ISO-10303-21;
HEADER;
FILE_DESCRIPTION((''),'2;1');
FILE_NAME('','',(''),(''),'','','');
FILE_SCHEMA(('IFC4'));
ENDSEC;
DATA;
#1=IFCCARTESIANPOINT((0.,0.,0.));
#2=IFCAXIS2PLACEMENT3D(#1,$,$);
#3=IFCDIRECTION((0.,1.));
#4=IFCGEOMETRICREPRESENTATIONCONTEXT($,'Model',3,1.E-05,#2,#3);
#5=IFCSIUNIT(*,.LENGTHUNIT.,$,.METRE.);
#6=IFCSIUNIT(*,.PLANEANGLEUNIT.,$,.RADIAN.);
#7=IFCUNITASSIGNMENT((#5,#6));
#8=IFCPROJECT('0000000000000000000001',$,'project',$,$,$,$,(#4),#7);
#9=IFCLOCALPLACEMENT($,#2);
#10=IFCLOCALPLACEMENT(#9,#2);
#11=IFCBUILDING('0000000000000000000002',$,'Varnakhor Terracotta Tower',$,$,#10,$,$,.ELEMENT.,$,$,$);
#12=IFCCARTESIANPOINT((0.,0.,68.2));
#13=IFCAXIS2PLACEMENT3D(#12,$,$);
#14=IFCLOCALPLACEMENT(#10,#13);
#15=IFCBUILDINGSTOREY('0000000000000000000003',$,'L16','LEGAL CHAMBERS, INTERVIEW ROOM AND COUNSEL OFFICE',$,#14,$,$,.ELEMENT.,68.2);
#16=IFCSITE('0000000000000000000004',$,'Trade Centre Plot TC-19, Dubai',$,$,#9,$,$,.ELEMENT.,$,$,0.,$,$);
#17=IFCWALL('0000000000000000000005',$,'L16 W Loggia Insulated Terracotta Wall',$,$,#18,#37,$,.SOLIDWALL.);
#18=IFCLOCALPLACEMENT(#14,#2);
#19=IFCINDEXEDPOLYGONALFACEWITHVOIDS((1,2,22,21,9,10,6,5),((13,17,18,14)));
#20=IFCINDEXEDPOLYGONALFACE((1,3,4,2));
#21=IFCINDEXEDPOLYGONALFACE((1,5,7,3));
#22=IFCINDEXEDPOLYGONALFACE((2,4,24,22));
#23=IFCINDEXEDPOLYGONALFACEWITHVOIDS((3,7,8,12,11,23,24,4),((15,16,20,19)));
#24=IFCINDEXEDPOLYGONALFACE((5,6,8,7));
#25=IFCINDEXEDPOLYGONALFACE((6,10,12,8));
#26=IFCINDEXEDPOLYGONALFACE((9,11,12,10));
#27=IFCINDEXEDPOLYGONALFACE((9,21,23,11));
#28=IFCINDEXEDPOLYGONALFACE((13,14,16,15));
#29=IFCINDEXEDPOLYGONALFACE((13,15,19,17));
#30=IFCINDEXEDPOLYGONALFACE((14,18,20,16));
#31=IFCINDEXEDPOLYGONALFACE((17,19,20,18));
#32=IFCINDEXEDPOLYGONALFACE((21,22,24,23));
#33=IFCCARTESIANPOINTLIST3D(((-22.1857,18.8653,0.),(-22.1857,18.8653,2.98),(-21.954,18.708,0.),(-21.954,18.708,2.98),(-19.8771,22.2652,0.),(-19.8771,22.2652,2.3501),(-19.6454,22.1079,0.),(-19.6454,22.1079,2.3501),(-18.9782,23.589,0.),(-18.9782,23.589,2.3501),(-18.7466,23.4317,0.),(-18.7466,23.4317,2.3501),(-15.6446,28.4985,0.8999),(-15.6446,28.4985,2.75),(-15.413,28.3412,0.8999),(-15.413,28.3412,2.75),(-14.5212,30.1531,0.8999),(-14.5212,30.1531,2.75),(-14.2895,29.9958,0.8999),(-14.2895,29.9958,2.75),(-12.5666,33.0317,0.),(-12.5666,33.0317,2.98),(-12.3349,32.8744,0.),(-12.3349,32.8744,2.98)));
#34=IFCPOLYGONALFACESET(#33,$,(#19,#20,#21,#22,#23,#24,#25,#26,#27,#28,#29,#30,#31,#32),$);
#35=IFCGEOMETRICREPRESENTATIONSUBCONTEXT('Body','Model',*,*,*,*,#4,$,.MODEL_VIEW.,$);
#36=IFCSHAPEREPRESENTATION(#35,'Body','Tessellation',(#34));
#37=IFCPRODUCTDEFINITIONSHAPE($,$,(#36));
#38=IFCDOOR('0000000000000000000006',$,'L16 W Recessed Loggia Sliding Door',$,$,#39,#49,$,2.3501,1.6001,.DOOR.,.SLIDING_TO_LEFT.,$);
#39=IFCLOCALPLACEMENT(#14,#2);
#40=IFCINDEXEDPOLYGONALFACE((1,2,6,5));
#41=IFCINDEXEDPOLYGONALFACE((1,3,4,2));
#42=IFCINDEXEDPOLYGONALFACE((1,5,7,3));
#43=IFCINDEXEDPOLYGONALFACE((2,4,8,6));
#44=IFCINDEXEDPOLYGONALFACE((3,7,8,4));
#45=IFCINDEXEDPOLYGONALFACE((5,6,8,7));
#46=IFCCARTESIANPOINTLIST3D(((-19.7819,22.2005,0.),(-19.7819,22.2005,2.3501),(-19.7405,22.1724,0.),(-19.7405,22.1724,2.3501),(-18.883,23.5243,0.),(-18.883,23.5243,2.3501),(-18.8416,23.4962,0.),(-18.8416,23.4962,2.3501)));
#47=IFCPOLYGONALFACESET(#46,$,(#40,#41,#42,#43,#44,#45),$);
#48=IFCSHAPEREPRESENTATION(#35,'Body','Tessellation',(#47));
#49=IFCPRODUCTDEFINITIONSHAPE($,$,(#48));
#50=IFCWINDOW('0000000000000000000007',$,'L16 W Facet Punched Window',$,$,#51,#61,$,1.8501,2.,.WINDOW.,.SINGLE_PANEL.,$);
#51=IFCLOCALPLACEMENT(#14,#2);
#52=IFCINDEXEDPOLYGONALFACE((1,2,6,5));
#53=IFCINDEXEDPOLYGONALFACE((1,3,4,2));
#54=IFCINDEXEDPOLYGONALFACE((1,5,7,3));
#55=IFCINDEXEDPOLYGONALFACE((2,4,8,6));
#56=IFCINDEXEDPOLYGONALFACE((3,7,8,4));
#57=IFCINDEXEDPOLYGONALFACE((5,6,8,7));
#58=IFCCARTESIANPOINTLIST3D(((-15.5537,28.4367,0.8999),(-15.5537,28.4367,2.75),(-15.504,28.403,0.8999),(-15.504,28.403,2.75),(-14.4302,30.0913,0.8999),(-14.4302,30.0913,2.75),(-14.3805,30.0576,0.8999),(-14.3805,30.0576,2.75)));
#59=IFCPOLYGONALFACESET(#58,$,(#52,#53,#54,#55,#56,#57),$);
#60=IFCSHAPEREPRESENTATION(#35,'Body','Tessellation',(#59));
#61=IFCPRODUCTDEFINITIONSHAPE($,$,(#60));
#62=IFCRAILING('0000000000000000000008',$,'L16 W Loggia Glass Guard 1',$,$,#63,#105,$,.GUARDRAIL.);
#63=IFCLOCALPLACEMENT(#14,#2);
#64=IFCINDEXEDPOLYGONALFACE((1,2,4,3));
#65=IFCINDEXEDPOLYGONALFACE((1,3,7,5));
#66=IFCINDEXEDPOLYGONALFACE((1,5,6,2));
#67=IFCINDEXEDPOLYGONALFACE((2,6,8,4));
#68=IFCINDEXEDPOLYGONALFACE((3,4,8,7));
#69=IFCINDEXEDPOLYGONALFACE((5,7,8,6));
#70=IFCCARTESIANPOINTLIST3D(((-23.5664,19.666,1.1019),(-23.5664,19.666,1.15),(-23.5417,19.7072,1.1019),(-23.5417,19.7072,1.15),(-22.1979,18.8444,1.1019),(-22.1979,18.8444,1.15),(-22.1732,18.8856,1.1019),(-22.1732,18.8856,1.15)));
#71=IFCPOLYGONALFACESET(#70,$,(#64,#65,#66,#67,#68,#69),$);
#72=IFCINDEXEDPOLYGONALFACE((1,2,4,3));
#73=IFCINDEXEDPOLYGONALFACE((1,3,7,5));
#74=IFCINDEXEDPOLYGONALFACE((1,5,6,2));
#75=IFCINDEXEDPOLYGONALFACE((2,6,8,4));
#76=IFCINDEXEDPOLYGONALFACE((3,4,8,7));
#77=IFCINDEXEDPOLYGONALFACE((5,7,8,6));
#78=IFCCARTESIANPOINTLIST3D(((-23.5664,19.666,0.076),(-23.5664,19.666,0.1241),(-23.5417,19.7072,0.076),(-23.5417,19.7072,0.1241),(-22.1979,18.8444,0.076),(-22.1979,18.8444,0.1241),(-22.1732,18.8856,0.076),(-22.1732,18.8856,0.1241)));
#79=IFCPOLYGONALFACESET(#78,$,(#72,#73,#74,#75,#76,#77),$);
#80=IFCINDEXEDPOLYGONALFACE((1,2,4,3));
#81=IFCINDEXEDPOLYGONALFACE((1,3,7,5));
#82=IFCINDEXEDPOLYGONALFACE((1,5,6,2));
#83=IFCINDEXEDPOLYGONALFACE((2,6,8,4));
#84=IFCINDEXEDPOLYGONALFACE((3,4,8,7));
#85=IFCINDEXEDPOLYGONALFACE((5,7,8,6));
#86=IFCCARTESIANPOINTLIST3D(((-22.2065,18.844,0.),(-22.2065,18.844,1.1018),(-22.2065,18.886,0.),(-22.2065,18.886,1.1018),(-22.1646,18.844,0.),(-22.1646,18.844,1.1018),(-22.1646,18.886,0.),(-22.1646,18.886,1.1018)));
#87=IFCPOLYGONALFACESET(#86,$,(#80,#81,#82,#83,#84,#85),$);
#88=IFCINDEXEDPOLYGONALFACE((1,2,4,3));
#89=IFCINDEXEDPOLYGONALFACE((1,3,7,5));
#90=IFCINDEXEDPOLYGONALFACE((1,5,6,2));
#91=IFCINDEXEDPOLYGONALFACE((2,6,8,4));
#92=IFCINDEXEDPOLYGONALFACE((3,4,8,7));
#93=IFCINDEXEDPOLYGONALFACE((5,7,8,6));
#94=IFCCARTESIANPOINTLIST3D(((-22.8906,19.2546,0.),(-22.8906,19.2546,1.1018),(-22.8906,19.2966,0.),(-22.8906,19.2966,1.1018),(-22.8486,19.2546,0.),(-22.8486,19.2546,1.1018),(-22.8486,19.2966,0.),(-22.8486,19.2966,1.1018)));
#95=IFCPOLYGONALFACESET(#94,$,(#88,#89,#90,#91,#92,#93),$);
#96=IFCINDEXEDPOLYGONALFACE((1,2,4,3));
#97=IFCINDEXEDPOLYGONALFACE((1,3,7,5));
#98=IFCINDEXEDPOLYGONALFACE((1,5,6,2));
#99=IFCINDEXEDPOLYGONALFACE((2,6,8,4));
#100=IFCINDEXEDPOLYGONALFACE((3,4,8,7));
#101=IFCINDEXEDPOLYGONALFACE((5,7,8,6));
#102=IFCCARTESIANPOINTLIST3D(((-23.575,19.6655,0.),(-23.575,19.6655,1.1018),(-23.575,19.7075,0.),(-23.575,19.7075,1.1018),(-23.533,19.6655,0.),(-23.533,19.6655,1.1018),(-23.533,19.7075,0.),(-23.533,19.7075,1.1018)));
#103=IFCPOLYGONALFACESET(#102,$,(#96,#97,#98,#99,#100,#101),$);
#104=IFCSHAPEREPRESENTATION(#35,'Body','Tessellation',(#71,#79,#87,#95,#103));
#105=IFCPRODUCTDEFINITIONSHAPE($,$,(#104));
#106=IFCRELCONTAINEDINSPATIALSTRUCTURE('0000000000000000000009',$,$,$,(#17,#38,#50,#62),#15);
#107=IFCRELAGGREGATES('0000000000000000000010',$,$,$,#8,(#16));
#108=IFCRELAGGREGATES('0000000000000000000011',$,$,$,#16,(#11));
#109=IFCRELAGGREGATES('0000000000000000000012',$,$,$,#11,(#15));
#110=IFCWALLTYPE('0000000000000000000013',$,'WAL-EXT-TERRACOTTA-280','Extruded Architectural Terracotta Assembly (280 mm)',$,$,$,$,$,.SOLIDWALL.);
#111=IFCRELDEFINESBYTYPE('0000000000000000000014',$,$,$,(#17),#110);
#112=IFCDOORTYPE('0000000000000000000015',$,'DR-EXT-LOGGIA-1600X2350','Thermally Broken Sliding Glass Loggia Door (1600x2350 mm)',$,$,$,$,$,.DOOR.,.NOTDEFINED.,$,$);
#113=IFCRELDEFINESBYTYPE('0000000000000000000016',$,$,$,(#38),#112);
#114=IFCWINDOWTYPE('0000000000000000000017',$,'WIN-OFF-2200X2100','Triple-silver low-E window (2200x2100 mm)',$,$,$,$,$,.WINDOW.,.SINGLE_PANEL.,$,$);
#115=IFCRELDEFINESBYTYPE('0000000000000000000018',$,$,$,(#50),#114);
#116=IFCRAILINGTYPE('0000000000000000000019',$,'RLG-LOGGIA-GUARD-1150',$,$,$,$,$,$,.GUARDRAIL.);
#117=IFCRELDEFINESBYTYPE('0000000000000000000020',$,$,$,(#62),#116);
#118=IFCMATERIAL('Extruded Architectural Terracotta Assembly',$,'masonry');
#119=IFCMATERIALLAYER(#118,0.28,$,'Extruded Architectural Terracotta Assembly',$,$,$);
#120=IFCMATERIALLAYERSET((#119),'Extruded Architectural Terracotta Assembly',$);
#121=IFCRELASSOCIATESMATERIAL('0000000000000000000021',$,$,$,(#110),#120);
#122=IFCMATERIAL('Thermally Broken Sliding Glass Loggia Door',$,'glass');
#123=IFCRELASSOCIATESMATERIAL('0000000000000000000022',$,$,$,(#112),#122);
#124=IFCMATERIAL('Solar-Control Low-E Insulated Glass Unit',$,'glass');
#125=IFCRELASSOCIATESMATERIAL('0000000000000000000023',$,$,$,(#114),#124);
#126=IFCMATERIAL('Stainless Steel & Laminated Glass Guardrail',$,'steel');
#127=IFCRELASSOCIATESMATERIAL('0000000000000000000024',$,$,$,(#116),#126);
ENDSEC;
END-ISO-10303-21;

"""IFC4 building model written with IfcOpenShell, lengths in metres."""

from ifc_helpers import new_model, si_unit, direction, frame, frame_2d, origin, origin_2d, place, context, subcontext, project, spatial, rectangle, extrude, source, transform, mapped, material, layer, layer_set, type_object, type_shapes, element, fill, save


model = new_model("IFC4")

# Units and contexts
model_context = context("Model", 3, precision=1e-05, world=origin(), true_north=direction((0.0, 1.0)))
body_context = subcontext(model_context, "Body", "Model", "MODEL_VIEW")
ifc_project = project(units=[si_unit("LENGTHUNIT", "METRE"), si_unit("PLANEANGLEUNIT", "RADIAN")], contexts=[model_context])

# Site, building, storey
site_placement = place(None, origin())
site = spatial("IfcSite", under=ifc_project, at=site_placement, Name="Trade Centre Plot TC-19, Dubai", CompositionType="ELEMENT", RefElevation=0.0)
building_placement = place(site_placement, origin())
building = spatial("IfcBuilding", under=site, at=building_placement, Name="Varnakhor Terracotta Tower", CompositionType="ELEMENT")
storey_placement = place(building_placement, frame((0.0, 0.0, 68.2)))
storey = spatial("IfcBuildingStorey", under=building, at=storey_placement, Name="L16", Description="LEGAL CHAMBERS, INTERVIEW ROOM AND COUNSEL OFFICE", CompositionType="ELEMENT", Elevation=68.2)

# Wall, openings, door, window
ifc_material_1 = material(Name="Extruded Architectural Terracotta Assembly", Category="masonry")
ifc_layer_1 = layer(ifc_material_1, 0.28, Name="Extruded Architectural Terracotta Assembly")
ifc_layer_set_1 = layer_set([ifc_layer_1], Name="Extruded Architectural Terracotta Assembly")
wall_type_1 = type_object("IfcWallType", Name="WAL-EXT-TERRACOTTA-280", Description="Extruded Architectural Terracotta Assembly (280 mm)", PredefinedType="SOLIDWALL", material=ifc_layer_set_1)
wall_1_placement = place(storey_placement, frame((-22.0698, 18.7866, 0.0), z_axis=(0.0, 0.0, 1.0), x_axis=(0.561748, 0.827309, 0.0)))
wall_1 = element("IfcWall", 1, at=wall_1_placement, inside=storey, type_object=wall_type_1, Name="L16 W Loggia Insulated Terracotta Wall", PredefinedType="SOLIDWALL", context=body_context, shape_type="SweptSolid", body=[
    extrude(rectangle(XDim=17.1235, YDim=0.28, at=frame_2d((8.5618, 0.0))), origin(), (0.0, 0.0, 1.0), 2.98),
])
opening_1_placement = place(wall_1_placement, frame((4.1096, 0.0, 0.0)))
opening_1 = element("IfcOpeningElement", 2, at=opening_1_placement, cuts=wall_1, PredefinedType="OPENING", context=body_context, shape_type="SweptSolid", body=[
    extrude(rectangle(XDim=1.6001, YDim=2.3501, at=frame_2d((0.8, 1.175))), frame((0.0, 0.1499, 0.0), z_axis=(0.0, -1.0, 0.0), x_axis=(1.0, 0.0, 0.0)), (0.0, 0.0, 1.0), 0.3),
])
opening_2_placement = place(wall_1_placement, frame((11.644, 0.0, 0.8999)))
opening_2 = element("IfcOpeningElement", 3, at=opening_2_placement, cuts=wall_1, PredefinedType="OPENING", context=body_context, shape_type="SweptSolid", body=[
    extrude(rectangle(XDim=2.0, YDim=1.8501, at=frame_2d((1.0, 0.925))), frame((0.0, 0.1499, 0.0), z_axis=(0.0, -1.0, 0.0), x_axis=(1.0, 0.0, 0.0)), (0.0, 0.0, 1.0), 0.3),
])
ifc_material_2 = material(Name="Thermally Broken Sliding Glass Loggia Door", Category="glass")
door_type_1 = type_object("IfcDoorType", Name="DR-EXT-LOGGIA-1600X2350", Description="Thermally Broken Sliding Glass Loggia Door (1600x2350 mm)", OperationType="NOTDEFINED", PredefinedType="DOOR", material=ifc_material_2)
shared_shape_1 = source(origin(), body_context, "Body", "SweptSolid", [
    extrude(rectangle(XDim=1.6001, YDim=2.3501, at=frame_2d((0.8, 1.175))), frame((0.0, 0.0249, 0.0), z_axis=(0.0, -1.0, 0.0), x_axis=(1.0, 0.0, 0.0)), (0.0, 0.0, 1.0), 0.05),
])
type_shapes(door_type_1, [shared_shape_1])
door_1_placement = place(opening_1_placement, origin())
door_1 = element("IfcDoor", 4, at=door_1_placement, inside=storey, type_object=door_type_1, Name="L16 W Recessed Loggia Sliding Door", OperationType="SLIDING_TO_LEFT", OverallHeight=2.3501, OverallWidth=1.6001, PredefinedType="DOOR", context=body_context, shape_type="MappedRepresentation", body=[
    mapped(shared_shape_1, transform((0.0, 0.0, 0.0), scale=1.0)),
])
fill(opening_1, door_1)
ifc_material_3 = material(Name="Solar-Control Low-E Insulated Glass Unit", Category="glass")
window_type = type_object("IfcWindowType", Name="WIN-OFF-2200X2100", Description="Triple-silver low-E window (2200x2100 mm)", PartitioningType="SINGLE_PANEL", PredefinedType="WINDOW", material=ifc_material_3)
shared_shape_2 = source(origin(), body_context, "Body", "SweptSolid", [
    extrude(rectangle(XDim=2.0, YDim=1.8501, at=frame_2d((1.0, 0.925))), frame((0.0, 0.03, 0.0), z_axis=(0.0, -1.0, 0.0), x_axis=(1.0, 0.0, 0.0)), (0.0, 0.0, 1.0), 0.0601),
])
type_shapes(window_type, [shared_shape_2])
window_placement = place(opening_2_placement, origin())
window = element("IfcWindow", 5, at=window_placement, inside=storey, type_object=window_type, Name="L16 W Facet Punched Window", OverallHeight=1.8501, OverallWidth=2.0, PartitioningType="SINGLE_PANEL", PredefinedType="WINDOW", context=body_context, shape_type="MappedRepresentation", body=[
    mapped(shared_shape_2, transform((0.0, 0.0, 0.0), scale=1.0)),
])
fill(opening_2, window)

# Railing
ifc_material_4 = material(Name="Stainless Steel & Laminated Glass Guardrail", Category="steel")
railing_type = type_object("IfcRailingType", Name="RLG-LOGGIA-GUARD-1150", PredefinedType="GUARDRAIL", material=ifc_material_4)
railing_1_placement = place(storey_placement, frame((-22.1855, 18.865, 0.0)))
element("IfcRailing", 6, at=railing_1_placement, inside=storey, type_object=railing_type, Name="L16 W Loggia Glass Guard 1", PredefinedType="GUARDRAIL", context=body_context, shape_type="SweptSolid", body=[
    extrude(rectangle(XDim=0.0481, YDim=0.0481, at=origin_2d()), frame((0.0, 0.0, 1.126), z_axis=(-0.857358, 0.514721, 0.0), x_axis=(-0.514721, -0.857358, 0.0)), (0.0, 0.0, 1.0), 1.5962),
    extrude(rectangle(XDim=0.0481, YDim=0.0481, at=origin_2d()), frame((0.0, 0.0, 0.1001), z_axis=(-0.857358, 0.514721, 0.0), x_axis=(-0.514721, -0.857358, 0.0)), (0.0, 0.0, 1.0), 1.5962),
    extrude(rectangle(XDim=0.042, YDim=0.042, at=origin_2d()), origin(), (0.0, 0.0, 1.0), 1.1018),
    extrude(rectangle(XDim=0.042, YDim=0.042, at=origin_2d()), frame((-0.6841, 0.4106, 0.0)), (0.0, 0.0, 1.0), 1.1018),
    extrude(rectangle(XDim=0.042, YDim=0.042, at=origin_2d()), frame((-1.3684, 0.8215, 0.0)), (0.0, 0.0, 1.0), 1.1018),
])

save(model, "model.ifc")
